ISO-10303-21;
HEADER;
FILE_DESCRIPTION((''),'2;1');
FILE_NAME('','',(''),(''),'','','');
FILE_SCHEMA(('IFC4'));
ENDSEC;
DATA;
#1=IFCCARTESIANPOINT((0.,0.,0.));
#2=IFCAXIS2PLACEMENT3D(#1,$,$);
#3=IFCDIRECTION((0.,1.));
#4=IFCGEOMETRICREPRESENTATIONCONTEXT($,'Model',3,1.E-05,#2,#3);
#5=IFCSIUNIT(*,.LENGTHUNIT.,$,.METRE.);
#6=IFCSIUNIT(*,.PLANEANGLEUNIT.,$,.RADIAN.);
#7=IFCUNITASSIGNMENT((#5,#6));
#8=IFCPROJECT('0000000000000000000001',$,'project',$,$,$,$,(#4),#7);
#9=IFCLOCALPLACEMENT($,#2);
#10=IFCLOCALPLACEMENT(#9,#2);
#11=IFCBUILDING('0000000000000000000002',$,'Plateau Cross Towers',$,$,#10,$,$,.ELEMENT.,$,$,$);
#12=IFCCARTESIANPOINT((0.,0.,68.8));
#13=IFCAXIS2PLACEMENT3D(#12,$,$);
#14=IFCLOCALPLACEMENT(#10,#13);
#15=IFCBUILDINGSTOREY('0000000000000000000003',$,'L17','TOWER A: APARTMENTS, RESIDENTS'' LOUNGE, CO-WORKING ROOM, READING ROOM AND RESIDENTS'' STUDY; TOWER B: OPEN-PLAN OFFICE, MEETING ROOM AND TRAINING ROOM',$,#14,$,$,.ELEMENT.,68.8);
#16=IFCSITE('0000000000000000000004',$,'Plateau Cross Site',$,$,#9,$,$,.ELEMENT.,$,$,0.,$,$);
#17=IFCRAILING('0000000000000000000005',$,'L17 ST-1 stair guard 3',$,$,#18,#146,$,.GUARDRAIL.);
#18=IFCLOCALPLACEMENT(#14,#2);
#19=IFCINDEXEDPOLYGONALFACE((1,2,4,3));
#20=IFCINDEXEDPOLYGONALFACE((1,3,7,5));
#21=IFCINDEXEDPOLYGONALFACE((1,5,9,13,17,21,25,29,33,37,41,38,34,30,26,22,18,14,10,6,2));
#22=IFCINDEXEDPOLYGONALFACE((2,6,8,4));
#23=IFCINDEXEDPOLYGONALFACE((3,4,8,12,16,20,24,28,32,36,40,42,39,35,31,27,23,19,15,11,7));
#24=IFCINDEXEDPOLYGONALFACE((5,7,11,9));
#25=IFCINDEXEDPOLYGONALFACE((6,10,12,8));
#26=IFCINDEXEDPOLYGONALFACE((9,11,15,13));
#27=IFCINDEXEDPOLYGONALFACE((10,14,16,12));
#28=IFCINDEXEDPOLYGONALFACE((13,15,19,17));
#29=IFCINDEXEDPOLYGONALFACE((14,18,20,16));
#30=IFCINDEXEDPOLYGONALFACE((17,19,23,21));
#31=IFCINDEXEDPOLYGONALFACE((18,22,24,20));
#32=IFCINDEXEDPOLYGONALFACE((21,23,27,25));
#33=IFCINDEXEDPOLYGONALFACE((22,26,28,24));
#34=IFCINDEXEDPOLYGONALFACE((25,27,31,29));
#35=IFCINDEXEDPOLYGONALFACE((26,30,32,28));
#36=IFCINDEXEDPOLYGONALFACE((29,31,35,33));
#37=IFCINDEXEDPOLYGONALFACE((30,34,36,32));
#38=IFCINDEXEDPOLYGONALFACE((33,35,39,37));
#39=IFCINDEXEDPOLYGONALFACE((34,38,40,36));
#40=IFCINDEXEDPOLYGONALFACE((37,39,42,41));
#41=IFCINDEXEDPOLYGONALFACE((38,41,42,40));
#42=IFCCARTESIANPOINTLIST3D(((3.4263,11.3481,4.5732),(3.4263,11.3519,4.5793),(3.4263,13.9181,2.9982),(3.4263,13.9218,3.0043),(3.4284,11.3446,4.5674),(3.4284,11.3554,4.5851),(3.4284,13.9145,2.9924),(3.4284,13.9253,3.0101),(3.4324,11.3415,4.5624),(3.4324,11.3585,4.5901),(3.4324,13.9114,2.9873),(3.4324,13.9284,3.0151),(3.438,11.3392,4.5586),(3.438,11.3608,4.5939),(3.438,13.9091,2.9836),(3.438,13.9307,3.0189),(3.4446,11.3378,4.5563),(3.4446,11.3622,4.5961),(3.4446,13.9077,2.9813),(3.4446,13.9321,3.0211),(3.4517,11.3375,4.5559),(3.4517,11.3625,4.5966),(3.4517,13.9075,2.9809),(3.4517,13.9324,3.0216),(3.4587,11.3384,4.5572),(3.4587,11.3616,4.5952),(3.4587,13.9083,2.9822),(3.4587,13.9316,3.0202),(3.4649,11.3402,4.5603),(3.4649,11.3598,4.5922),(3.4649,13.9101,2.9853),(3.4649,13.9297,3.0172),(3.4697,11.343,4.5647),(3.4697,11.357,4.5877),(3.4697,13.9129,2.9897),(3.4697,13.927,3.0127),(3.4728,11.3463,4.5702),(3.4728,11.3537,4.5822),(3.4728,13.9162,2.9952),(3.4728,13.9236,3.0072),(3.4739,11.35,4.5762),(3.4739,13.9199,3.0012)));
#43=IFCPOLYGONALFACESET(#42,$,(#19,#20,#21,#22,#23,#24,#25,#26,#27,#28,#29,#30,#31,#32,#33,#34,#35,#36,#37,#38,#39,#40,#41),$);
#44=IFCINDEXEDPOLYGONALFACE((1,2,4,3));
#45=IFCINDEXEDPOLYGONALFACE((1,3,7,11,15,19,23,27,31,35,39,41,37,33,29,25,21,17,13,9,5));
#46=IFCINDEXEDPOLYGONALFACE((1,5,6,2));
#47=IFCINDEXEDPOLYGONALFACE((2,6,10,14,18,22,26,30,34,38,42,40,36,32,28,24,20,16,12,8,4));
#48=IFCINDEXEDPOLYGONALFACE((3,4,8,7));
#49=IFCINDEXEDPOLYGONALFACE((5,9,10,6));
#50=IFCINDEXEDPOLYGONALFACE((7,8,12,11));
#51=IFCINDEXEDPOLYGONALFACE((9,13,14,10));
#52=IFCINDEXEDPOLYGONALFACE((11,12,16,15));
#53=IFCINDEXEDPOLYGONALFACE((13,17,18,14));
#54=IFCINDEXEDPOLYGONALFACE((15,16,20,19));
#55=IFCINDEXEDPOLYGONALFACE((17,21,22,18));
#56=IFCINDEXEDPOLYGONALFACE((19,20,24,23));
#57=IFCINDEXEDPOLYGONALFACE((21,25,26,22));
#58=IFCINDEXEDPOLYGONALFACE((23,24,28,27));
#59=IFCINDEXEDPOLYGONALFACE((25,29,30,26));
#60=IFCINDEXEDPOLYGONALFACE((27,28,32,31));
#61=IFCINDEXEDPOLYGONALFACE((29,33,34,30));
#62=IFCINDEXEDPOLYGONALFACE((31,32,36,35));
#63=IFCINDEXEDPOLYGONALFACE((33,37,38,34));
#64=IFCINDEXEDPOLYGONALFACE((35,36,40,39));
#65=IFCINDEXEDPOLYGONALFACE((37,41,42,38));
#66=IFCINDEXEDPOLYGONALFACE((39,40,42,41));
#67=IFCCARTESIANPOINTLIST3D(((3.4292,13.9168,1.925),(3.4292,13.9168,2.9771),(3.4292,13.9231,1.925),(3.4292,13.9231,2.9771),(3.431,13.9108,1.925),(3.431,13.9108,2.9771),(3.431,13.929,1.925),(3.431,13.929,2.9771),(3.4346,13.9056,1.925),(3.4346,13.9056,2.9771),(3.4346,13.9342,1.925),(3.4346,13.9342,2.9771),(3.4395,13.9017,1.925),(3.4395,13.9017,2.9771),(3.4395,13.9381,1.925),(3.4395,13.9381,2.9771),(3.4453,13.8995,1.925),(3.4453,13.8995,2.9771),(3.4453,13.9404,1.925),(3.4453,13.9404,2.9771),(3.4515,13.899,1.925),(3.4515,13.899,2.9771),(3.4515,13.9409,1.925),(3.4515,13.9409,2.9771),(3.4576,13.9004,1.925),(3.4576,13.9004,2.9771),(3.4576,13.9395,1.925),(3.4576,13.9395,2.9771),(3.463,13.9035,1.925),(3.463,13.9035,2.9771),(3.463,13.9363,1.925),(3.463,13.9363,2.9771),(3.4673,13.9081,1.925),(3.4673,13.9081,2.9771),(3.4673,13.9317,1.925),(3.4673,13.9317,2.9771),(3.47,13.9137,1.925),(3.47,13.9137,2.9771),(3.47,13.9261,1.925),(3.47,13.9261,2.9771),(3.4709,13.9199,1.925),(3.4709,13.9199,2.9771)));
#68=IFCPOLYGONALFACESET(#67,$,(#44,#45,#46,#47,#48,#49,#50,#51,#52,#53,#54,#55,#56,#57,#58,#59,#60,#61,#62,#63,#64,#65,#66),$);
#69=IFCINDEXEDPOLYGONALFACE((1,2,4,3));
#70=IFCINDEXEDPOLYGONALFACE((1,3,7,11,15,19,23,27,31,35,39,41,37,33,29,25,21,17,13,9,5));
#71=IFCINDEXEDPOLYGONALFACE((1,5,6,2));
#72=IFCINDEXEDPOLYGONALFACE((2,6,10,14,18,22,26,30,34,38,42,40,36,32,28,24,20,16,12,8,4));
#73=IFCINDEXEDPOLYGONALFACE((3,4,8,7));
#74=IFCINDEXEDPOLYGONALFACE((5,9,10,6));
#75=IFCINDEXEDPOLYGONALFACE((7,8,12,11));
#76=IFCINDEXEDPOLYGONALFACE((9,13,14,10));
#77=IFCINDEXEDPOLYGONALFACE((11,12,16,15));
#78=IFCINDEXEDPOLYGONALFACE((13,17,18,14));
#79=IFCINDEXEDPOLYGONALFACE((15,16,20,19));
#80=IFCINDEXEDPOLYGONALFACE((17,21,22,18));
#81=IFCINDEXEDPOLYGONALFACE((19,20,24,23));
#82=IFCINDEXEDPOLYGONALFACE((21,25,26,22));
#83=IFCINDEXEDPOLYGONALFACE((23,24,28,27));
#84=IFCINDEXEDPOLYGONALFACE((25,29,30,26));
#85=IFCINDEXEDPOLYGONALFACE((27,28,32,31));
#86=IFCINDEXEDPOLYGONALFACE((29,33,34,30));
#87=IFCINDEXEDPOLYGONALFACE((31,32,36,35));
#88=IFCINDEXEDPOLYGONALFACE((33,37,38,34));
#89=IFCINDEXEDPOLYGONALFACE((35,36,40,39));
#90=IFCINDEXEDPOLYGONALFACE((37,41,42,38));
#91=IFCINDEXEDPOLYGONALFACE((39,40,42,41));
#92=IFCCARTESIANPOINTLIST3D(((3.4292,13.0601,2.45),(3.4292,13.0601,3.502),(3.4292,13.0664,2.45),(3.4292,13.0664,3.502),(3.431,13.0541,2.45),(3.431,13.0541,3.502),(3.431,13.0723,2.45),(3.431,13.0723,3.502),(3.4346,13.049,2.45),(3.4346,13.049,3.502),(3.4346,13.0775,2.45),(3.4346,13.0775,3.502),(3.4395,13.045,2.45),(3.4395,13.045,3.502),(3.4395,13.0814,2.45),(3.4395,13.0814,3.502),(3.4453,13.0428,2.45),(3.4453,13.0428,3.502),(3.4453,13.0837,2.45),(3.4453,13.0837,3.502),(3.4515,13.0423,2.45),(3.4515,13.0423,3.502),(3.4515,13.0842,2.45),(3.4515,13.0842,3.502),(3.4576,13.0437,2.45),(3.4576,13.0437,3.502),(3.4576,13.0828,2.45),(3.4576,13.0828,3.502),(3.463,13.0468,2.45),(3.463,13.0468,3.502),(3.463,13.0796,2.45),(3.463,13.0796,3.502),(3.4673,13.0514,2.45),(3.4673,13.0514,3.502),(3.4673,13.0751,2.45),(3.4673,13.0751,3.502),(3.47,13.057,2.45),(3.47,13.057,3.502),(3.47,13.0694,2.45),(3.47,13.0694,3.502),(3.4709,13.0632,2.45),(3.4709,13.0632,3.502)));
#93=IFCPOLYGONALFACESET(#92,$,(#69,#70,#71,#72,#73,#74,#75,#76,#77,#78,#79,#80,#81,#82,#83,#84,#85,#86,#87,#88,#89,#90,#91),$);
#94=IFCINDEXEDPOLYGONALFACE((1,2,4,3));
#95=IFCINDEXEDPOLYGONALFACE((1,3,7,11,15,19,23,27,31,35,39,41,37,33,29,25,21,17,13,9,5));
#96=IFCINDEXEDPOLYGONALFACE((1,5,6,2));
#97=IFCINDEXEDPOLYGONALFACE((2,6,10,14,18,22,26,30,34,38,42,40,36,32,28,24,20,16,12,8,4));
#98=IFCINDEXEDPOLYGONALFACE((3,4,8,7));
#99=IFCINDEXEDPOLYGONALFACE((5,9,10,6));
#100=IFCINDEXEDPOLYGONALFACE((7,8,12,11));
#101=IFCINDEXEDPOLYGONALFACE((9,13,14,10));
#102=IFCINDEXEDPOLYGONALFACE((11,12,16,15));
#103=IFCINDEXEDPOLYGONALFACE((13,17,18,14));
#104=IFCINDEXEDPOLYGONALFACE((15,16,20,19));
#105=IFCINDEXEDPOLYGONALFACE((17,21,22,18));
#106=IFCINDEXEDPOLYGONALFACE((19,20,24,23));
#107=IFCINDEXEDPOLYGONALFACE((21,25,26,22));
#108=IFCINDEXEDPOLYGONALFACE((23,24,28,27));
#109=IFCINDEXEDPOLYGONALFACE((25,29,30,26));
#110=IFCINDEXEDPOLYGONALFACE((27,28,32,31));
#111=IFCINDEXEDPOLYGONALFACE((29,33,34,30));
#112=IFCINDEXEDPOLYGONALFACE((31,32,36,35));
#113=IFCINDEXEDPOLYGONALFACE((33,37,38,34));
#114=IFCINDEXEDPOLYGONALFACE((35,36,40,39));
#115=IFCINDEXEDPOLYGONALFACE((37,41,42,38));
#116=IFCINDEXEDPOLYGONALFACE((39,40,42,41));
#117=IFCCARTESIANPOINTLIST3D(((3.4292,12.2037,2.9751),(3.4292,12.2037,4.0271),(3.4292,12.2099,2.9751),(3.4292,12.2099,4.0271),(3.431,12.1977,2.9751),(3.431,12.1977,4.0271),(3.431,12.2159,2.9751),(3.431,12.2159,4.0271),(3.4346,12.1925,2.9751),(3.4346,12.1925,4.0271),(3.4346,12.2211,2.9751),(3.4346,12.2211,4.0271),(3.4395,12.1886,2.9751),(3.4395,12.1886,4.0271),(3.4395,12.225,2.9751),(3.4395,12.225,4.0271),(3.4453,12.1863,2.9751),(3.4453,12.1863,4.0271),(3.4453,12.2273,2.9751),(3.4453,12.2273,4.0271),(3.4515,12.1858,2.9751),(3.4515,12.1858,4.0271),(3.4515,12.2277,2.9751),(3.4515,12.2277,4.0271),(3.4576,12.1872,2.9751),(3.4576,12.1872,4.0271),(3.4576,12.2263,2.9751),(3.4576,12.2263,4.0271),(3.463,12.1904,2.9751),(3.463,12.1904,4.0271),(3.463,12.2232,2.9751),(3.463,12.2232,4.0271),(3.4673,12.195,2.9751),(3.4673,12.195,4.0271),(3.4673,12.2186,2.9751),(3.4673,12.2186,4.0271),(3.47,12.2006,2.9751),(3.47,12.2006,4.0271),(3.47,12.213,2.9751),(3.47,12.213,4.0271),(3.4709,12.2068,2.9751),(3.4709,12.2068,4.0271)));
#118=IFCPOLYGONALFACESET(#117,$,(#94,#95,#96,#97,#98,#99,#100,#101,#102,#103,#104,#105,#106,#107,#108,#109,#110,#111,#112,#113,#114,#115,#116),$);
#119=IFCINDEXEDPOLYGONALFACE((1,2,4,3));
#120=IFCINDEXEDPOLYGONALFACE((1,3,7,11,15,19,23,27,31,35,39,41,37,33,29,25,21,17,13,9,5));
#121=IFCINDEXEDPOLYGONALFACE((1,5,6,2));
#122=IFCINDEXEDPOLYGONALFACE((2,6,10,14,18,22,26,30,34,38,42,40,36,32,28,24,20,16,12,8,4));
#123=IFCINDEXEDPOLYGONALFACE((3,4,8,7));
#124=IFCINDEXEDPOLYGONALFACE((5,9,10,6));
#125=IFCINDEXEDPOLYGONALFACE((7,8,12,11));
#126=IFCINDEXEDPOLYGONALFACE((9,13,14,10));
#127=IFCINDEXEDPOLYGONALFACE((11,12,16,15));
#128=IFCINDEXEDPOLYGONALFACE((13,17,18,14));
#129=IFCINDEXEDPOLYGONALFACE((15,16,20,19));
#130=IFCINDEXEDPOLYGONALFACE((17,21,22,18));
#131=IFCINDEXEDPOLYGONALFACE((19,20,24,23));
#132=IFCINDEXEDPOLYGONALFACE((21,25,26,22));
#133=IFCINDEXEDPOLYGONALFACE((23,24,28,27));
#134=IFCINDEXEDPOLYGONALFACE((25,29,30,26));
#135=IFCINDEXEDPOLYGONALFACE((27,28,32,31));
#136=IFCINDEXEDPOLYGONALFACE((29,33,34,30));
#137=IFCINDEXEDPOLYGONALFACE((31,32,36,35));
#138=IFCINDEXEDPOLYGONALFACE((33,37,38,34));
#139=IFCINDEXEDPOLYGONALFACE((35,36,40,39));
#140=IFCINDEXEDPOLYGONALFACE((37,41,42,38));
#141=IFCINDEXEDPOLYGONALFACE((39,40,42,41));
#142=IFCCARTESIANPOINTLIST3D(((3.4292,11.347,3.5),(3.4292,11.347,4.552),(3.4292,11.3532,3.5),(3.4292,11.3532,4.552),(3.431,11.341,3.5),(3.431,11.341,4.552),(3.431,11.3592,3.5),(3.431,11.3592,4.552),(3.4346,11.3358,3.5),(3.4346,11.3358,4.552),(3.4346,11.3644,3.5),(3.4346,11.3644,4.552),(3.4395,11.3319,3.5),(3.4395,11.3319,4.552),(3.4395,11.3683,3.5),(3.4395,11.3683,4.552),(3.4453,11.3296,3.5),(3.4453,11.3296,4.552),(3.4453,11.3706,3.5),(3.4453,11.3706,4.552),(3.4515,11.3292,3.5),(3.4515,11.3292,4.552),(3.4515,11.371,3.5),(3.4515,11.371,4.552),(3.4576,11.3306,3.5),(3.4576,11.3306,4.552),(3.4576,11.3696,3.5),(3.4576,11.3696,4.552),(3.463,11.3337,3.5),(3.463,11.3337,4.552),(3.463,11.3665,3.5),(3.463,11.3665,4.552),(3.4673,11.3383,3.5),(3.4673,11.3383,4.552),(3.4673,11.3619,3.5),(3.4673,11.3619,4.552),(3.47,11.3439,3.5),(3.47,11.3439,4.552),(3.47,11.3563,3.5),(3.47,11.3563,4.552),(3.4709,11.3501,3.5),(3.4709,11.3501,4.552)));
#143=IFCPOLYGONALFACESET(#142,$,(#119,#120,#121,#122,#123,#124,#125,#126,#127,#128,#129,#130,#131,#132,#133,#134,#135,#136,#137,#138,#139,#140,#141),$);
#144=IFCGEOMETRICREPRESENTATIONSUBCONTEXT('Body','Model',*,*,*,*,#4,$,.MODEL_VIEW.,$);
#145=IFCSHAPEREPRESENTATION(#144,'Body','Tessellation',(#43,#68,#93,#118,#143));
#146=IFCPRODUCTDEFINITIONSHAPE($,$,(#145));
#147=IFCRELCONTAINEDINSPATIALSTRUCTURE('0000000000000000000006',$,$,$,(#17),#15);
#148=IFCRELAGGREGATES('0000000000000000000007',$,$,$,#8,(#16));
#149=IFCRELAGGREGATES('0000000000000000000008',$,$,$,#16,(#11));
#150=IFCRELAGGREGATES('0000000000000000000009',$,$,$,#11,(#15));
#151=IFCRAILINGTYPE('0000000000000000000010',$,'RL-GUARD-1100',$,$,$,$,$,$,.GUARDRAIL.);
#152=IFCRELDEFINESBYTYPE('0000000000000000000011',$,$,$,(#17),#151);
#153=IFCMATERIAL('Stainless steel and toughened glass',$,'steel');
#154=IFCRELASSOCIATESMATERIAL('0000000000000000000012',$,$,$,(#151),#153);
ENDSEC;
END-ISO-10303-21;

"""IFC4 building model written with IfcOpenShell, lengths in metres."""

from ifc_helpers import new_model, si_unit, direction, frame, origin, origin_2d, place, context, subcontext, project, spatial, circle, extrude, material, type_object, element, save


model = new_model("IFC4")

# Units and contexts
model_context = context("Model", 3, precision=1e-05, world=origin(), true_north=direction((0.0, 1.0)))
body_context = subcontext(model_context, "Body", "Model", "MODEL_VIEW")
ifc_project = project(units=[si_unit("LENGTHUNIT", "METRE"), si_unit("PLANEANGLEUNIT", "RADIAN")], contexts=[model_context])

# Site, building, storey
site_placement = place(None, origin())
site = spatial("IfcSite", under=ifc_project, at=site_placement, Name="Plateau Cross Site", CompositionType="ELEMENT", RefElevation=0.0)
building_placement = place(site_placement, origin())
building = spatial("IfcBuilding", under=site, at=building_placement, Name="Plateau Cross Towers", CompositionType="ELEMENT")
storey_placement = place(building_placement, frame((0.0, 0.0, 68.8)))
storey = spatial("IfcBuildingStorey", under=building, at=storey_placement, Name="L17", Description="TOWER A: APARTMENTS, RESIDENTS' LOUNGE, CO-WORKING ROOM, READING ROOM AND RESIDENTS' STUDY; TOWER B: OPEN-PLAN OFFICE, MEETING ROOM AND TRAINING ROOM", CompositionType="ELEMENT", Elevation=68.8)

# Railing
ifc_material_1 = material(Name="Stainless steel and toughened glass", Category="steel")
railing_type_1 = type_object("IfcRailingType", Name="RL-GUARD-1100", PredefinedType="GUARDRAIL", material=ifc_material_1)
railing_1_placement = place(storey_placement, frame((3.45, 13.9199, 1.925)))
element("IfcRailing", 1, at=railing_1_placement, inside=storey, type_object=railing_type_1, Name="L17 ST-1 stair guard 3", PredefinedType="GUARDRAIL", context=body_context, shape_type="SweptSolid", body=[
    extrude(circle(Radius=0.0239, at=origin_2d()), frame((0.0, 0.0, 1.0762), z_axis=(0.0, -0.852616, 0.522537), x_axis=(1.0, 0.0, 0.0)), (0.0, 0.0, 1.0), 3.0142),
    extrude(circle(Radius=0.021, at=origin_2d()), origin(), (0.0, 0.0, 1.0), 1.052),
    extrude(circle(Radius=0.021, at=origin_2d()), frame((0.0, -0.8567, 0.5249)), (0.0, 0.0, 1.0), 1.052),
    extrude(circle(Radius=0.021, at=origin_2d()), frame((0.0, -1.7131, 1.05)), (0.0, 0.0, 1.0), 1.052),
    extrude(circle(Radius=0.021, at=origin_2d()), frame((0.0, -2.5698, 1.575)), (0.0, 0.0, 1.0), 1.052),
])

save(model, "model.ifc")
